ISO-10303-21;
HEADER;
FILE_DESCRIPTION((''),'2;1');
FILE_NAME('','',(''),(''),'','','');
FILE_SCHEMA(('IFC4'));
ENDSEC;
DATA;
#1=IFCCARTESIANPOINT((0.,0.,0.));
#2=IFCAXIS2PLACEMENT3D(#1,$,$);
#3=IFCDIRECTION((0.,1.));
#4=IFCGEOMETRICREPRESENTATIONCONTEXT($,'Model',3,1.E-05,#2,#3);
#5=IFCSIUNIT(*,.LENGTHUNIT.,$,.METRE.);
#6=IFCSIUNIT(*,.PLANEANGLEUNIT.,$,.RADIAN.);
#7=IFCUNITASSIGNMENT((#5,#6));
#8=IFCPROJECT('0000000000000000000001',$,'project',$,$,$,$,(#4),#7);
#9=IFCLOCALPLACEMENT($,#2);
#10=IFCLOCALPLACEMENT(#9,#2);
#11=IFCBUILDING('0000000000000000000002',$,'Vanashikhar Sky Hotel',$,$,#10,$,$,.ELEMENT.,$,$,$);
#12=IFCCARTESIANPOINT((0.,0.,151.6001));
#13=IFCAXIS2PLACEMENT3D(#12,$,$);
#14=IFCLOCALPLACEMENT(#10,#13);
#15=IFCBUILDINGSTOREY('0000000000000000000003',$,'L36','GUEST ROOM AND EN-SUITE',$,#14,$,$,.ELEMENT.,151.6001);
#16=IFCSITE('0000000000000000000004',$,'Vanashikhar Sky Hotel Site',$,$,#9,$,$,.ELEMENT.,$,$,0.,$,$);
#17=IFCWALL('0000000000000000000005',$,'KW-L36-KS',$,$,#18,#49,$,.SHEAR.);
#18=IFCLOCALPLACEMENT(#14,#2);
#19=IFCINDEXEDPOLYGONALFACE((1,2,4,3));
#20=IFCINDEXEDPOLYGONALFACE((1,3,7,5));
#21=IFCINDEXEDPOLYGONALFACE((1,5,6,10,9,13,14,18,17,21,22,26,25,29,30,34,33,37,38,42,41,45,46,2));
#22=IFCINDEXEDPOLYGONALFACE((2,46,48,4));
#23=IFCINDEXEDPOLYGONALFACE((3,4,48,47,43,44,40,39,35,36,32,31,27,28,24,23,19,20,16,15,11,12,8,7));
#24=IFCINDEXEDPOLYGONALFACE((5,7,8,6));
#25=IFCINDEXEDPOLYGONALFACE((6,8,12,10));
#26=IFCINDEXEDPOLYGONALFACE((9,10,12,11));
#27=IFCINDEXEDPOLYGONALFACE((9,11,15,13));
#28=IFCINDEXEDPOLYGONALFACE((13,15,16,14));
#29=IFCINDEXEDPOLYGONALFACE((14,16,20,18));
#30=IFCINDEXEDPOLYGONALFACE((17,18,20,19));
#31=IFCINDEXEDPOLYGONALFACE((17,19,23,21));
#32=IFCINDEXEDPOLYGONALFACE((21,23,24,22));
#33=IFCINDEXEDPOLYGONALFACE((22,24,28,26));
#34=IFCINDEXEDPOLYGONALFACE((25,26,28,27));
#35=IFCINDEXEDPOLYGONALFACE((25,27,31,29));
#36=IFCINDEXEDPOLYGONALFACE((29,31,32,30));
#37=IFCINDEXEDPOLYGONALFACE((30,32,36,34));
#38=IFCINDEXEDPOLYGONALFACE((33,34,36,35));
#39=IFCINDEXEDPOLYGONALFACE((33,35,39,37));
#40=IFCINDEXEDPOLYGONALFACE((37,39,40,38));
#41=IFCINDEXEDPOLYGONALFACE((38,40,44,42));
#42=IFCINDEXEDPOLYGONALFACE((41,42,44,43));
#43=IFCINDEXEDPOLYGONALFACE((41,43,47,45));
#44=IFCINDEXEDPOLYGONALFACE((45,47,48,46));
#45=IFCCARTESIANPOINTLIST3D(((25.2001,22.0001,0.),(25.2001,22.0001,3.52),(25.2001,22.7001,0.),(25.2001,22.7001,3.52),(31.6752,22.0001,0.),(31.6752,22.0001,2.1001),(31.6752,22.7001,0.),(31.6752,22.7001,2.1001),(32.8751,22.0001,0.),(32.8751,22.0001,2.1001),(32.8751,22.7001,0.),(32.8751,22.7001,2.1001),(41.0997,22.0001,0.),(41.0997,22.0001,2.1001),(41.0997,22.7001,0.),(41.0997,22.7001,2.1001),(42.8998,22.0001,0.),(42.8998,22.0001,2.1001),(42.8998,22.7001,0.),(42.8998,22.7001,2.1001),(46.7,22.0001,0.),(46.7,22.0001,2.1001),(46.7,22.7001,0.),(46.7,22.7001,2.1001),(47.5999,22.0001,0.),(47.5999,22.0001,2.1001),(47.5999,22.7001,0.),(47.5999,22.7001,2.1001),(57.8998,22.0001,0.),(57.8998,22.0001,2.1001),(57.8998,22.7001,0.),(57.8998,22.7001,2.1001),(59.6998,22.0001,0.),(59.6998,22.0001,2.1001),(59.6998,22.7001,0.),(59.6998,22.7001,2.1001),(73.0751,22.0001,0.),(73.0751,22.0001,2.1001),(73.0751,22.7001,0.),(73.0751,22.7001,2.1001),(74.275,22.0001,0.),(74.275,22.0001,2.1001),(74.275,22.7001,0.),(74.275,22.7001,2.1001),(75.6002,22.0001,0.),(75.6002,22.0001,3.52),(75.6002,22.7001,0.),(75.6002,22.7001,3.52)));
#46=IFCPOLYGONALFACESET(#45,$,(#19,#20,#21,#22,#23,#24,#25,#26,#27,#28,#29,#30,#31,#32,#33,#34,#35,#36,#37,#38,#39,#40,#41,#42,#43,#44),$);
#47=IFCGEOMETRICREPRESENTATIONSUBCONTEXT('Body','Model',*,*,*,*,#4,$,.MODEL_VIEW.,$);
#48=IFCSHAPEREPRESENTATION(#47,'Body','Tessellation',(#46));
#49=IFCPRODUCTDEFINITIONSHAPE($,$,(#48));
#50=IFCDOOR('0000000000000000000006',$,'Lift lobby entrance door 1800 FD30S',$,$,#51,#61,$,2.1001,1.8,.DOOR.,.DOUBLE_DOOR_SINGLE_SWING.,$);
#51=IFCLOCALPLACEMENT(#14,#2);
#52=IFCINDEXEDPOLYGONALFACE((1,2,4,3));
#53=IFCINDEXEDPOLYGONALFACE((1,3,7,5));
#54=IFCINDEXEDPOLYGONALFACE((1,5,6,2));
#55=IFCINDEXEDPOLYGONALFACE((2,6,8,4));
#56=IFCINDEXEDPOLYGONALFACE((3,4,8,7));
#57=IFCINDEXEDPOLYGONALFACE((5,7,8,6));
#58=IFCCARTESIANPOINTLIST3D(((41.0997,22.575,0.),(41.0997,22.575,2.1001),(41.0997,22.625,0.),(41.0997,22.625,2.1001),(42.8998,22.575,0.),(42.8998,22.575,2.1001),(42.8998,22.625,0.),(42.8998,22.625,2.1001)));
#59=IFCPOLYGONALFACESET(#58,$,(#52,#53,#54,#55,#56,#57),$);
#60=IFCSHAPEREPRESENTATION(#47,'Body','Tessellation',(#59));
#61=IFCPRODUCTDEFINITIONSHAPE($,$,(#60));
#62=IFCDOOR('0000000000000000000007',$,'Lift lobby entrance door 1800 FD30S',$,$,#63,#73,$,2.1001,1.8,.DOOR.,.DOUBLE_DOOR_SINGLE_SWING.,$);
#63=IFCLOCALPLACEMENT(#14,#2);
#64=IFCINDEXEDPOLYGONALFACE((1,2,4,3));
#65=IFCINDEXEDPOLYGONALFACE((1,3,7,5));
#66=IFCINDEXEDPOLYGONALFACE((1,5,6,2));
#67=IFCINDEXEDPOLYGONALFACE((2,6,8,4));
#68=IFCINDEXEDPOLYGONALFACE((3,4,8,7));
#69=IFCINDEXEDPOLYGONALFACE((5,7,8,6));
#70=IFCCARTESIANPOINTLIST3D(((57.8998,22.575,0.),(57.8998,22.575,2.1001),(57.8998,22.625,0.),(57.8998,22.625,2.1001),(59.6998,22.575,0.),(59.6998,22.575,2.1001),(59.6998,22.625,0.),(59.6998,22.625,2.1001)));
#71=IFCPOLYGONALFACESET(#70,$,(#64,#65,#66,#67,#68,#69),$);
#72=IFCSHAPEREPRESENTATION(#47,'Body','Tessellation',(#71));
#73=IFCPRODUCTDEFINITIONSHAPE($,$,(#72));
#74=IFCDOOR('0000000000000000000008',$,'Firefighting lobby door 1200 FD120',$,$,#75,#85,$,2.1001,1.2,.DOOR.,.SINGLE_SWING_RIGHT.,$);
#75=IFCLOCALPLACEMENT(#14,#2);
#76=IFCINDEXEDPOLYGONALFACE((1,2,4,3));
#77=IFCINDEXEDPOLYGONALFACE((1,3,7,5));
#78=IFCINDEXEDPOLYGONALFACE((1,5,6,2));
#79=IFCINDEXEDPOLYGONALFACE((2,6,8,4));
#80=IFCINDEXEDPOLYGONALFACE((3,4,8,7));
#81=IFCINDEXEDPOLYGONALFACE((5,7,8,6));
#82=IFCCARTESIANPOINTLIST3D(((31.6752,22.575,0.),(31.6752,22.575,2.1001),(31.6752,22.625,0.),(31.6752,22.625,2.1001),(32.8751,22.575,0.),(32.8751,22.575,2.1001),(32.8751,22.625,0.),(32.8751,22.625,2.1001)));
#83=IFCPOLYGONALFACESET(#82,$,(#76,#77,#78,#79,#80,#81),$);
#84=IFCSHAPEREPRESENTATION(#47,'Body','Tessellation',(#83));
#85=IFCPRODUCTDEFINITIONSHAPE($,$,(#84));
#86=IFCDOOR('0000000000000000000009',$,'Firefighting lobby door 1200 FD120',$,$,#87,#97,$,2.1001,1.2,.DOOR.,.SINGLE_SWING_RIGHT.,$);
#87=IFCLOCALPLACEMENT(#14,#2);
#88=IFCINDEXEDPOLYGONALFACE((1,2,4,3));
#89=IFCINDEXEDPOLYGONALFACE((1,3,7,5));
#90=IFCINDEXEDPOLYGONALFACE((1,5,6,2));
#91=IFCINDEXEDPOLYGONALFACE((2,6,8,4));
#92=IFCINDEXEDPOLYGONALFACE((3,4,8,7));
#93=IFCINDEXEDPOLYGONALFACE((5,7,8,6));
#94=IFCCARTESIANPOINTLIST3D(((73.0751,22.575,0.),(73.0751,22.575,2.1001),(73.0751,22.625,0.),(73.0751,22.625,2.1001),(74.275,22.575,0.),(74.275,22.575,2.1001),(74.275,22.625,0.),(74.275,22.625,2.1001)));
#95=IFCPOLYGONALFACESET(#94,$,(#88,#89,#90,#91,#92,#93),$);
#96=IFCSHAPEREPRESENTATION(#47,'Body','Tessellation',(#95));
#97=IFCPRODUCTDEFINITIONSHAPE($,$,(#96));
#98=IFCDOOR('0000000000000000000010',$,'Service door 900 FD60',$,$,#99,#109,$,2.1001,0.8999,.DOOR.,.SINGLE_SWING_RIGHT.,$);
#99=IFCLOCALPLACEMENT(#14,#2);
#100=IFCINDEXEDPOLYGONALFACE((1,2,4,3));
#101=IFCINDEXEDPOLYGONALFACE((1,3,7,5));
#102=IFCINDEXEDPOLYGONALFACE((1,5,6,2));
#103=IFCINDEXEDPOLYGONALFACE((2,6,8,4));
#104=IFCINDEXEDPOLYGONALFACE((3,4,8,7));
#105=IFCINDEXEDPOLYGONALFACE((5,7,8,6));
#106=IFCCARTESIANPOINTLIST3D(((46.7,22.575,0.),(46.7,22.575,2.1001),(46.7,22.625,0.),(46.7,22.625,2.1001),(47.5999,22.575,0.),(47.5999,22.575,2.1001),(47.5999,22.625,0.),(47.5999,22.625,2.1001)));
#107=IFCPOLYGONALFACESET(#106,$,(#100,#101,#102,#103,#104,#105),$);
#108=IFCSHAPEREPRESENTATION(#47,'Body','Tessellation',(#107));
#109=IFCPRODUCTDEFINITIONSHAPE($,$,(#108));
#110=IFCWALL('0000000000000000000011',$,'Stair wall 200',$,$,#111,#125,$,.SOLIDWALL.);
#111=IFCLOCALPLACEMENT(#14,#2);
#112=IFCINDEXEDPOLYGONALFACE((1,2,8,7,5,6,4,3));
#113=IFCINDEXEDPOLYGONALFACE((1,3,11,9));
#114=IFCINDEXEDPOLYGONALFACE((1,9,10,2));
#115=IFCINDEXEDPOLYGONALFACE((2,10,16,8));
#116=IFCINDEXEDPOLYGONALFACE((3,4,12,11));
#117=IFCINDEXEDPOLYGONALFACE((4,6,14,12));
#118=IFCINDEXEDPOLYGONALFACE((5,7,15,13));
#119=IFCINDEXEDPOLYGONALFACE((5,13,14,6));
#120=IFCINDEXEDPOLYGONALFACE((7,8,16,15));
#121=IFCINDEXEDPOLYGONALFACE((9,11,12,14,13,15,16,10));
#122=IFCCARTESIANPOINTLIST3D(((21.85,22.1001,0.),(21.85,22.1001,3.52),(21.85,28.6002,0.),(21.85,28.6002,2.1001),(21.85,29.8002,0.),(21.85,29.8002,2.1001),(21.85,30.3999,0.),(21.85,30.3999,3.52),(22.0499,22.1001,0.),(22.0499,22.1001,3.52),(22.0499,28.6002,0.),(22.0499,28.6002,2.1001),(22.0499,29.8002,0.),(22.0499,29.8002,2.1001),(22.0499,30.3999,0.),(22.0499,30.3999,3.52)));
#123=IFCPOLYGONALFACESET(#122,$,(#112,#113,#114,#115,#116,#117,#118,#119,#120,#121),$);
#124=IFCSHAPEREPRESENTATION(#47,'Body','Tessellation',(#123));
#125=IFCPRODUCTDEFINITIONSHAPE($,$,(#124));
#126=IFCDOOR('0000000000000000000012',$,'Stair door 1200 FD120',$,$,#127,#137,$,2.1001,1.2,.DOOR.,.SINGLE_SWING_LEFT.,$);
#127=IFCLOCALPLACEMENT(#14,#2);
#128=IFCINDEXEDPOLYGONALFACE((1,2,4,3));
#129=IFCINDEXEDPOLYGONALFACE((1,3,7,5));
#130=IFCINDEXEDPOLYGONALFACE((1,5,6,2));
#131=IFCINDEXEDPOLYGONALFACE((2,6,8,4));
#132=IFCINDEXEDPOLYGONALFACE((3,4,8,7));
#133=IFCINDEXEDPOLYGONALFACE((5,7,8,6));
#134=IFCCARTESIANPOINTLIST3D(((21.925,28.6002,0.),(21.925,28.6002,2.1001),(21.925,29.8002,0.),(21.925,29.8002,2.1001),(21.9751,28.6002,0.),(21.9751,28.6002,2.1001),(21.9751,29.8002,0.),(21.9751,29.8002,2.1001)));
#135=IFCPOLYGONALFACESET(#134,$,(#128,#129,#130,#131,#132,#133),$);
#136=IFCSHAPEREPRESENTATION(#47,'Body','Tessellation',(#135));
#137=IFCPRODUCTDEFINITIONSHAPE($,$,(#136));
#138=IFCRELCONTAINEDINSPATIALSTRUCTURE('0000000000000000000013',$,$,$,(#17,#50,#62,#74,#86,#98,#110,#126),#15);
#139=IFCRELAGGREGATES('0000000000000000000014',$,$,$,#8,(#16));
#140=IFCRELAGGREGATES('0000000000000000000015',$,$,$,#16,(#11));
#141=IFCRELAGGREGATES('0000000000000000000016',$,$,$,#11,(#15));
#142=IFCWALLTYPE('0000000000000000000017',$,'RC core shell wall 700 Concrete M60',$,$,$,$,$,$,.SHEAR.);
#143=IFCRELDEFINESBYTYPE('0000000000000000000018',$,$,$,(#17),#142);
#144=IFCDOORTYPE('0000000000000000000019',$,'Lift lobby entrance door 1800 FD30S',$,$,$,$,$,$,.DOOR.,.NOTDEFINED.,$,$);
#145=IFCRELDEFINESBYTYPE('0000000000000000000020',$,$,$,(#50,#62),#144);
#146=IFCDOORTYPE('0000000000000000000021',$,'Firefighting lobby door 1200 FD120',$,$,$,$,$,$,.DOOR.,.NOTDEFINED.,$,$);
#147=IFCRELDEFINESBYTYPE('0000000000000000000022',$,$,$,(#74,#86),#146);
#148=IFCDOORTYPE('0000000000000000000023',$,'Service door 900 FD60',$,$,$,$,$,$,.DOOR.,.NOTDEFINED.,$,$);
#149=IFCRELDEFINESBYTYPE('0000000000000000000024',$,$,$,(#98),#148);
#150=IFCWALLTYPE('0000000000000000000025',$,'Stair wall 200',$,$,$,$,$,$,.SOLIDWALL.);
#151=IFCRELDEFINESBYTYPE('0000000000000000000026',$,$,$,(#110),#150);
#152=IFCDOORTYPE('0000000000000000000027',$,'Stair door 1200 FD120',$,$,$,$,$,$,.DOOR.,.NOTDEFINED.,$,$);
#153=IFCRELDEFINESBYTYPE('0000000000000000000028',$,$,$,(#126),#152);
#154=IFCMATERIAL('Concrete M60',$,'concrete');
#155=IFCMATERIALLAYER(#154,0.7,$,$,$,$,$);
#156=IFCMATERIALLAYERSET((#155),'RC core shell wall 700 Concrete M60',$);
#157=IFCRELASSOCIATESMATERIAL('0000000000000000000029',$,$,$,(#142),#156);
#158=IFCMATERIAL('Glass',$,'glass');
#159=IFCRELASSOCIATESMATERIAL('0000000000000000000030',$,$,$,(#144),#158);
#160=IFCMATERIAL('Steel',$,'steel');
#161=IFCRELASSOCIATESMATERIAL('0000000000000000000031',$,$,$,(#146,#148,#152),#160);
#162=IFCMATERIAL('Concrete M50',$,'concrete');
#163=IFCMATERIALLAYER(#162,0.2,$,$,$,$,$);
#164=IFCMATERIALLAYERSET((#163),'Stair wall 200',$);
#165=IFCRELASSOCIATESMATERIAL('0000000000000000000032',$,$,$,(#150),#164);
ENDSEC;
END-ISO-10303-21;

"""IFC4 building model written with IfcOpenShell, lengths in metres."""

from ifc_helpers import new_model, si_unit, direction, frame, frame_2d, origin, place, context, subcontext, project, spatial, rectangle, extrude, source, transform, mapped, material, layer, layer_set, type_object, element, fill, save


model = new_model("IFC4")

# Units and contexts
model_context = context("Model", 3, precision=1e-05, world=origin(), true_north=direction((0.0, 1.0)))
body_context = subcontext(model_context, "Body", "Model", "MODEL_VIEW")
ifc_project = project(units=[si_unit("LENGTHUNIT", "METRE"), si_unit("PLANEANGLEUNIT", "RADIAN")], contexts=[model_context])

# Site, building, storey
site_placement = place(None, origin())
site = spatial("IfcSite", under=ifc_project, at=site_placement, Name="Vanashikhar Sky Hotel Site", CompositionType="ELEMENT", RefElevation=0.0)
building_placement = place(site_placement, origin())
building = spatial("IfcBuilding", under=site, at=building_placement, Name="Vanashikhar Sky Hotel", CompositionType="ELEMENT")
storey_placement = place(building_placement, frame((0.0, 0.0, 151.6001)))
storey = spatial("IfcBuildingStorey", under=building, at=storey_placement, Name="L36", Description="GUEST ROOM AND EN-SUITE", CompositionType="ELEMENT", Elevation=151.6001)

# Wall, openings, doors
ifc_material_1 = material(Name="Concrete M60", Category="concrete")
ifc_layer_1 = layer(ifc_material_1, 0.7)
ifc_layer_set_1 = layer_set([ifc_layer_1], Name="RC core shell wall 700 Concrete M60")
wall_type_1 = type_object("IfcWallType", Name="RC core shell wall 700 Concrete M60", PredefinedType="SHEAR", material=ifc_layer_set_1)
shared_shape_1 = source(origin(), body_context, "Body", "SweptSolid", [
    extrude(rectangle(XDim=50.4001, YDim=0.7, at=frame_2d((25.2002, 0.0))), origin(), (0.0, 0.0, 1.0), 3.52),
])
wall_1_placement = place(storey_placement, frame((25.2, 22.3501, 0.0), z_axis=(0.0, 0.0, 1.0), x_axis=(1.0, 0.0, 0.0)))
wall_1 = element("IfcWall", 1, at=wall_1_placement, inside=storey, type_object=wall_type_1, Name="KW-L36-KS", PredefinedType="SHEAR", context=body_context, shape_type="MappedRepresentation", body=[
    mapped(shared_shape_1, transform((0.0, 0.0, 0.0), scale=1.0)),
])
shared_shape_2 = source(origin(), body_context, "Body", "SweptSolid", [
    extrude(rectangle(XDim=1.8, YDim=2.1001, at=frame_2d((0.8999, 1.05))), frame((0.0, 0.3599, 0.0), z_axis=(0.0, -1.0, 0.0), x_axis=(1.0, 0.0, 0.0)), (0.0, 0.0, 1.0), 0.72),
])
opening_1_placement = place(wall_1_placement, frame((15.8999, 0.0, 0.0)))
opening_1 = element("IfcOpeningElement", 2, at=opening_1_placement, cuts=wall_1, PredefinedType="OPENING", context=body_context, shape_type="MappedRepresentation", body=[
    mapped(shared_shape_2, transform((0.0, 0.0, 0.0), scale=1.0)),
])
shared_shape_3 = source(origin(), body_context, "Body", "SweptSolid", [
    extrude(rectangle(XDim=0.8999, YDim=2.1001, at=frame_2d((0.45, 1.05))), frame((0.0, 0.3599, 0.0), z_axis=(0.0, -1.0, 0.0), x_axis=(1.0, 0.0, 0.0)), (0.0, 0.0, 1.0), 0.72),
])
opening_2_placement = place(wall_1_placement, frame((21.5, 0.0, 0.0)))
opening_2 = element("IfcOpeningElement", 3, at=opening_2_placement, cuts=wall_1, PredefinedType="OPENING", context=body_context, shape_type="MappedRepresentation", body=[
    mapped(shared_shape_3, transform((0.0, 0.0, 0.0), scale=1.0)),
])
opening_3_placement = place(wall_1_placement, frame((32.7, 0.0, 0.0)))
opening_3 = element("IfcOpeningElement", 4, at=opening_3_placement, cuts=wall_1, PredefinedType="OPENING", context=body_context, shape_type="MappedRepresentation", body=[
    mapped(shared_shape_2, transform((0.0, 0.0, 0.0), scale=1.0)),
])
shared_shape_4 = source(origin(), body_context, "Body", "SweptSolid", [
    extrude(rectangle(XDim=1.2, YDim=2.1001, at=frame_2d((0.6001, 1.05))), frame((0.0, 0.3599, 0.0), z_axis=(0.0, -1.0, 0.0), x_axis=(1.0, 0.0, 0.0)), (0.0, 0.0, 1.0), 0.72),
])
opening_4_placement = place(wall_1_placement, frame((6.4751, 0.0, 0.0)))
opening_4 = element("IfcOpeningElement", 5, at=opening_4_placement, cuts=wall_1, PredefinedType="OPENING", context=body_context, shape_type="MappedRepresentation", body=[
    mapped(shared_shape_4, transform((0.0, 0.0, 0.0), scale=1.0)),
])
opening_5_placement = place(wall_1_placement, frame((47.875, 0.0, 0.0)))
opening_5 = element("IfcOpeningElement", 6, at=opening_5_placement, cuts=wall_1, PredefinedType="OPENING", context=body_context, shape_type="MappedRepresentation", body=[
    mapped(shared_shape_4, transform((0.0, 0.0, 0.0), scale=1.0)),
])
ifc_material_2 = material(Name="Glass", Category="glass")
door_type_1 = type_object("IfcDoorType", Name="Lift lobby entrance door 1800 FD30S", OperationType="NOTDEFINED", PredefinedType="DOOR", material=ifc_material_2)
shared_shape_5 = source(origin(), body_context, "Body", "SweptSolid", [
    extrude(rectangle(XDim=1.8, YDim=2.1001, at=frame_2d((0.8999, 1.05))), frame((0.0, 0.2749, 0.0), z_axis=(0.0, -1.0, 0.0), x_axis=(1.0, 0.0, 0.0)), (0.0, 0.0, 1.0), 0.05),
])
door_1_placement = place(opening_1_placement, origin())
door_1 = element("IfcDoor", 7, at=door_1_placement, inside=storey, type_object=door_type_1, Name="Lift lobby entrance door 1800 FD30S", OperationType="DOUBLE_DOOR_SINGLE_SWING", OverallHeight=2.1001, OverallWidth=1.8, PredefinedType="DOOR", context=body_context, shape_type="MappedRepresentation", body=[
    mapped(shared_shape_5, transform((0.0, 0.0, 0.0), scale=1.0)),
])
fill(opening_1, door_1)
door_2_placement = place(opening_3_placement, origin())
door_2 = element("IfcDoor", 8, at=door_2_placement, inside=storey, type_object=door_type_1, Name="Lift lobby entrance door 1800 FD30S", OperationType="DOUBLE_DOOR_SINGLE_SWING", OverallHeight=2.1001, OverallWidth=1.8, PredefinedType="DOOR", context=body_context, shape_type="MappedRepresentation", body=[
    mapped(shared_shape_5, transform((0.0, 0.0, 0.0), scale=1.0)),
])
fill(opening_3, door_2)
ifc_material_3 = material(Name="Steel", Category="steel")
door_type_2 = type_object("IfcDoorType", Name="Firefighting lobby door 1200 FD120", OperationType="NOTDEFINED", PredefinedType="DOOR", material=ifc_material_3)
shared_shape_6 = source(origin(), body_context, "Body", "SweptSolid", [
    extrude(rectangle(XDim=1.2, YDim=2.1001, at=frame_2d((0.6001, 1.05))), frame((0.0, 0.2749, 0.0), z_axis=(0.0, -1.0, 0.0), x_axis=(1.0, 0.0, 0.0)), (0.0, 0.0, 1.0), 0.05),
])
door_3_placement = place(opening_4_placement, origin())
door_3 = element("IfcDoor", 9, at=door_3_placement, inside=storey, type_object=door_type_2, Name="Firefighting lobby door 1200 FD120", OperationType="SINGLE_SWING_RIGHT", OverallHeight=2.1001, OverallWidth=1.2, PredefinedType="DOOR", context=body_context, shape_type="MappedRepresentation", body=[
    mapped(shared_shape_6, transform((0.0, 0.0, 0.0), scale=1.0)),
])
fill(opening_4, door_3)
door_4_placement = place(opening_5_placement, origin())
door_4 = element("IfcDoor", 10, at=door_4_placement, inside=storey, type_object=door_type_2, Name="Firefighting lobby door 1200 FD120", OperationType="SINGLE_SWING_RIGHT", OverallHeight=2.1001, OverallWidth=1.2, PredefinedType="DOOR", context=body_context, shape_type="MappedRepresentation", body=[
    mapped(shared_shape_6, transform((0.0, 0.0, 0.0), scale=1.0)),
])
fill(opening_5, door_4)
door_type_3 = type_object("IfcDoorType", Name="Service door 900 FD60", OperationType="NOTDEFINED", PredefinedType="DOOR", material=ifc_material_3)
shared_shape_7 = source(origin(), body_context, "Body", "SweptSolid", [
    extrude(rectangle(XDim=0.8999, YDim=2.1001, at=frame_2d((0.45, 1.05))), frame((0.0, 0.2749, 0.0), z_axis=(0.0, -1.0, 0.0), x_axis=(1.0, 0.0, 0.0)), (0.0, 0.0, 1.0), 0.05),
])
door_5_placement = place(opening_2_placement, origin())
door_5 = element("IfcDoor", 11, at=door_5_placement, inside=storey, type_object=door_type_3, Name="Service door 900 FD60", OperationType="SINGLE_SWING_RIGHT", OverallHeight=2.1001, OverallWidth=0.8999, PredefinedType="DOOR", context=body_context, shape_type="MappedRepresentation", body=[
    mapped(shared_shape_7, transform((0.0, 0.0, 0.0), scale=1.0)),
])
fill(opening_2, door_5)

# Wall, opening, door
ifc_material_4 = material(Name="Concrete M50", Category="concrete")
ifc_layer_2 = layer(ifc_material_4, 0.2)
ifc_layer_set_2 = layer_set([ifc_layer_2], Name="Stair wall 200")
wall_type_2 = type_object("IfcWallType", Name="Stair wall 200", PredefinedType="SOLIDWALL", material=ifc_layer_set_2)
shared_shape_8 = source(origin(), body_context, "Body", "SweptSolid", [
    extrude(rectangle(XDim=8.2998, YDim=0.2, at=frame_2d((4.1499, 0.0))), origin(), (0.0, 0.0, 1.0), 3.52),
])
wall_2_placement = place(storey_placement, frame((21.95, 22.1001, 0.0), z_axis=(0.0, 0.0, 1.0), x_axis=(0.0, 1.0, 0.0)))
wall_2 = element("IfcWall", 12, at=wall_2_placement, inside=storey, type_object=wall_type_2, Name="Stair wall 200", PredefinedType="SOLIDWALL", context=body_context, shape_type="MappedRepresentation", body=[
    mapped(shared_shape_8, transform((0.0, 0.0, 0.0), scale=1.0)),
])
shared_shape_9 = source(origin(), body_context, "Body", "SweptSolid", [
    extrude(rectangle(XDim=1.2, YDim=2.1001, at=frame_2d((0.6001, 1.05))), frame((0.0, 0.1099, 0.0), z_axis=(0.0, -1.0, 0.0), x_axis=(1.0, 0.0, 0.0)), (0.0, 0.0, 1.0), 0.22),
])
opening_6_placement = place(wall_2_placement, frame((6.5, 0.0, 0.0)))
opening_6 = element("IfcOpeningElement", 13, at=opening_6_placement, cuts=wall_2, PredefinedType="OPENING", context=body_context, shape_type="MappedRepresentation", body=[
    mapped(shared_shape_9, transform((0.0, 0.0, 0.0), scale=1.0)),
])
door_type_4 = type_object("IfcDoorType", Name="Stair door 1200 FD120", OperationType="NOTDEFINED", PredefinedType="DOOR", material=ifc_material_3)
shared_shape_10 = source(origin(), body_context, "Body", "SweptSolid", [
    extrude(rectangle(XDim=1.2, YDim=2.1001, at=frame_2d((0.6001, 1.05))), frame((0.0, 0.0249, 0.0), z_axis=(0.0, -1.0, 0.0), x_axis=(1.0, 0.0, 0.0)), (0.0, 0.0, 1.0), 0.05),
])
door_6_placement = place(opening_6_placement, origin())
door_6 = element("IfcDoor", 14, at=door_6_placement, inside=storey, type_object=door_type_4, Name="Stair door 1200 FD120", OperationType="SINGLE_SWING_LEFT", OverallHeight=2.1001, OverallWidth=1.2, PredefinedType="DOOR", context=body_context, shape_type="MappedRepresentation", body=[
    mapped(shared_shape_10, transform((0.0, 0.0, 0.0), scale=1.0)),
])
fill(opening_6, door_6)

save(model, "model.ifc")
